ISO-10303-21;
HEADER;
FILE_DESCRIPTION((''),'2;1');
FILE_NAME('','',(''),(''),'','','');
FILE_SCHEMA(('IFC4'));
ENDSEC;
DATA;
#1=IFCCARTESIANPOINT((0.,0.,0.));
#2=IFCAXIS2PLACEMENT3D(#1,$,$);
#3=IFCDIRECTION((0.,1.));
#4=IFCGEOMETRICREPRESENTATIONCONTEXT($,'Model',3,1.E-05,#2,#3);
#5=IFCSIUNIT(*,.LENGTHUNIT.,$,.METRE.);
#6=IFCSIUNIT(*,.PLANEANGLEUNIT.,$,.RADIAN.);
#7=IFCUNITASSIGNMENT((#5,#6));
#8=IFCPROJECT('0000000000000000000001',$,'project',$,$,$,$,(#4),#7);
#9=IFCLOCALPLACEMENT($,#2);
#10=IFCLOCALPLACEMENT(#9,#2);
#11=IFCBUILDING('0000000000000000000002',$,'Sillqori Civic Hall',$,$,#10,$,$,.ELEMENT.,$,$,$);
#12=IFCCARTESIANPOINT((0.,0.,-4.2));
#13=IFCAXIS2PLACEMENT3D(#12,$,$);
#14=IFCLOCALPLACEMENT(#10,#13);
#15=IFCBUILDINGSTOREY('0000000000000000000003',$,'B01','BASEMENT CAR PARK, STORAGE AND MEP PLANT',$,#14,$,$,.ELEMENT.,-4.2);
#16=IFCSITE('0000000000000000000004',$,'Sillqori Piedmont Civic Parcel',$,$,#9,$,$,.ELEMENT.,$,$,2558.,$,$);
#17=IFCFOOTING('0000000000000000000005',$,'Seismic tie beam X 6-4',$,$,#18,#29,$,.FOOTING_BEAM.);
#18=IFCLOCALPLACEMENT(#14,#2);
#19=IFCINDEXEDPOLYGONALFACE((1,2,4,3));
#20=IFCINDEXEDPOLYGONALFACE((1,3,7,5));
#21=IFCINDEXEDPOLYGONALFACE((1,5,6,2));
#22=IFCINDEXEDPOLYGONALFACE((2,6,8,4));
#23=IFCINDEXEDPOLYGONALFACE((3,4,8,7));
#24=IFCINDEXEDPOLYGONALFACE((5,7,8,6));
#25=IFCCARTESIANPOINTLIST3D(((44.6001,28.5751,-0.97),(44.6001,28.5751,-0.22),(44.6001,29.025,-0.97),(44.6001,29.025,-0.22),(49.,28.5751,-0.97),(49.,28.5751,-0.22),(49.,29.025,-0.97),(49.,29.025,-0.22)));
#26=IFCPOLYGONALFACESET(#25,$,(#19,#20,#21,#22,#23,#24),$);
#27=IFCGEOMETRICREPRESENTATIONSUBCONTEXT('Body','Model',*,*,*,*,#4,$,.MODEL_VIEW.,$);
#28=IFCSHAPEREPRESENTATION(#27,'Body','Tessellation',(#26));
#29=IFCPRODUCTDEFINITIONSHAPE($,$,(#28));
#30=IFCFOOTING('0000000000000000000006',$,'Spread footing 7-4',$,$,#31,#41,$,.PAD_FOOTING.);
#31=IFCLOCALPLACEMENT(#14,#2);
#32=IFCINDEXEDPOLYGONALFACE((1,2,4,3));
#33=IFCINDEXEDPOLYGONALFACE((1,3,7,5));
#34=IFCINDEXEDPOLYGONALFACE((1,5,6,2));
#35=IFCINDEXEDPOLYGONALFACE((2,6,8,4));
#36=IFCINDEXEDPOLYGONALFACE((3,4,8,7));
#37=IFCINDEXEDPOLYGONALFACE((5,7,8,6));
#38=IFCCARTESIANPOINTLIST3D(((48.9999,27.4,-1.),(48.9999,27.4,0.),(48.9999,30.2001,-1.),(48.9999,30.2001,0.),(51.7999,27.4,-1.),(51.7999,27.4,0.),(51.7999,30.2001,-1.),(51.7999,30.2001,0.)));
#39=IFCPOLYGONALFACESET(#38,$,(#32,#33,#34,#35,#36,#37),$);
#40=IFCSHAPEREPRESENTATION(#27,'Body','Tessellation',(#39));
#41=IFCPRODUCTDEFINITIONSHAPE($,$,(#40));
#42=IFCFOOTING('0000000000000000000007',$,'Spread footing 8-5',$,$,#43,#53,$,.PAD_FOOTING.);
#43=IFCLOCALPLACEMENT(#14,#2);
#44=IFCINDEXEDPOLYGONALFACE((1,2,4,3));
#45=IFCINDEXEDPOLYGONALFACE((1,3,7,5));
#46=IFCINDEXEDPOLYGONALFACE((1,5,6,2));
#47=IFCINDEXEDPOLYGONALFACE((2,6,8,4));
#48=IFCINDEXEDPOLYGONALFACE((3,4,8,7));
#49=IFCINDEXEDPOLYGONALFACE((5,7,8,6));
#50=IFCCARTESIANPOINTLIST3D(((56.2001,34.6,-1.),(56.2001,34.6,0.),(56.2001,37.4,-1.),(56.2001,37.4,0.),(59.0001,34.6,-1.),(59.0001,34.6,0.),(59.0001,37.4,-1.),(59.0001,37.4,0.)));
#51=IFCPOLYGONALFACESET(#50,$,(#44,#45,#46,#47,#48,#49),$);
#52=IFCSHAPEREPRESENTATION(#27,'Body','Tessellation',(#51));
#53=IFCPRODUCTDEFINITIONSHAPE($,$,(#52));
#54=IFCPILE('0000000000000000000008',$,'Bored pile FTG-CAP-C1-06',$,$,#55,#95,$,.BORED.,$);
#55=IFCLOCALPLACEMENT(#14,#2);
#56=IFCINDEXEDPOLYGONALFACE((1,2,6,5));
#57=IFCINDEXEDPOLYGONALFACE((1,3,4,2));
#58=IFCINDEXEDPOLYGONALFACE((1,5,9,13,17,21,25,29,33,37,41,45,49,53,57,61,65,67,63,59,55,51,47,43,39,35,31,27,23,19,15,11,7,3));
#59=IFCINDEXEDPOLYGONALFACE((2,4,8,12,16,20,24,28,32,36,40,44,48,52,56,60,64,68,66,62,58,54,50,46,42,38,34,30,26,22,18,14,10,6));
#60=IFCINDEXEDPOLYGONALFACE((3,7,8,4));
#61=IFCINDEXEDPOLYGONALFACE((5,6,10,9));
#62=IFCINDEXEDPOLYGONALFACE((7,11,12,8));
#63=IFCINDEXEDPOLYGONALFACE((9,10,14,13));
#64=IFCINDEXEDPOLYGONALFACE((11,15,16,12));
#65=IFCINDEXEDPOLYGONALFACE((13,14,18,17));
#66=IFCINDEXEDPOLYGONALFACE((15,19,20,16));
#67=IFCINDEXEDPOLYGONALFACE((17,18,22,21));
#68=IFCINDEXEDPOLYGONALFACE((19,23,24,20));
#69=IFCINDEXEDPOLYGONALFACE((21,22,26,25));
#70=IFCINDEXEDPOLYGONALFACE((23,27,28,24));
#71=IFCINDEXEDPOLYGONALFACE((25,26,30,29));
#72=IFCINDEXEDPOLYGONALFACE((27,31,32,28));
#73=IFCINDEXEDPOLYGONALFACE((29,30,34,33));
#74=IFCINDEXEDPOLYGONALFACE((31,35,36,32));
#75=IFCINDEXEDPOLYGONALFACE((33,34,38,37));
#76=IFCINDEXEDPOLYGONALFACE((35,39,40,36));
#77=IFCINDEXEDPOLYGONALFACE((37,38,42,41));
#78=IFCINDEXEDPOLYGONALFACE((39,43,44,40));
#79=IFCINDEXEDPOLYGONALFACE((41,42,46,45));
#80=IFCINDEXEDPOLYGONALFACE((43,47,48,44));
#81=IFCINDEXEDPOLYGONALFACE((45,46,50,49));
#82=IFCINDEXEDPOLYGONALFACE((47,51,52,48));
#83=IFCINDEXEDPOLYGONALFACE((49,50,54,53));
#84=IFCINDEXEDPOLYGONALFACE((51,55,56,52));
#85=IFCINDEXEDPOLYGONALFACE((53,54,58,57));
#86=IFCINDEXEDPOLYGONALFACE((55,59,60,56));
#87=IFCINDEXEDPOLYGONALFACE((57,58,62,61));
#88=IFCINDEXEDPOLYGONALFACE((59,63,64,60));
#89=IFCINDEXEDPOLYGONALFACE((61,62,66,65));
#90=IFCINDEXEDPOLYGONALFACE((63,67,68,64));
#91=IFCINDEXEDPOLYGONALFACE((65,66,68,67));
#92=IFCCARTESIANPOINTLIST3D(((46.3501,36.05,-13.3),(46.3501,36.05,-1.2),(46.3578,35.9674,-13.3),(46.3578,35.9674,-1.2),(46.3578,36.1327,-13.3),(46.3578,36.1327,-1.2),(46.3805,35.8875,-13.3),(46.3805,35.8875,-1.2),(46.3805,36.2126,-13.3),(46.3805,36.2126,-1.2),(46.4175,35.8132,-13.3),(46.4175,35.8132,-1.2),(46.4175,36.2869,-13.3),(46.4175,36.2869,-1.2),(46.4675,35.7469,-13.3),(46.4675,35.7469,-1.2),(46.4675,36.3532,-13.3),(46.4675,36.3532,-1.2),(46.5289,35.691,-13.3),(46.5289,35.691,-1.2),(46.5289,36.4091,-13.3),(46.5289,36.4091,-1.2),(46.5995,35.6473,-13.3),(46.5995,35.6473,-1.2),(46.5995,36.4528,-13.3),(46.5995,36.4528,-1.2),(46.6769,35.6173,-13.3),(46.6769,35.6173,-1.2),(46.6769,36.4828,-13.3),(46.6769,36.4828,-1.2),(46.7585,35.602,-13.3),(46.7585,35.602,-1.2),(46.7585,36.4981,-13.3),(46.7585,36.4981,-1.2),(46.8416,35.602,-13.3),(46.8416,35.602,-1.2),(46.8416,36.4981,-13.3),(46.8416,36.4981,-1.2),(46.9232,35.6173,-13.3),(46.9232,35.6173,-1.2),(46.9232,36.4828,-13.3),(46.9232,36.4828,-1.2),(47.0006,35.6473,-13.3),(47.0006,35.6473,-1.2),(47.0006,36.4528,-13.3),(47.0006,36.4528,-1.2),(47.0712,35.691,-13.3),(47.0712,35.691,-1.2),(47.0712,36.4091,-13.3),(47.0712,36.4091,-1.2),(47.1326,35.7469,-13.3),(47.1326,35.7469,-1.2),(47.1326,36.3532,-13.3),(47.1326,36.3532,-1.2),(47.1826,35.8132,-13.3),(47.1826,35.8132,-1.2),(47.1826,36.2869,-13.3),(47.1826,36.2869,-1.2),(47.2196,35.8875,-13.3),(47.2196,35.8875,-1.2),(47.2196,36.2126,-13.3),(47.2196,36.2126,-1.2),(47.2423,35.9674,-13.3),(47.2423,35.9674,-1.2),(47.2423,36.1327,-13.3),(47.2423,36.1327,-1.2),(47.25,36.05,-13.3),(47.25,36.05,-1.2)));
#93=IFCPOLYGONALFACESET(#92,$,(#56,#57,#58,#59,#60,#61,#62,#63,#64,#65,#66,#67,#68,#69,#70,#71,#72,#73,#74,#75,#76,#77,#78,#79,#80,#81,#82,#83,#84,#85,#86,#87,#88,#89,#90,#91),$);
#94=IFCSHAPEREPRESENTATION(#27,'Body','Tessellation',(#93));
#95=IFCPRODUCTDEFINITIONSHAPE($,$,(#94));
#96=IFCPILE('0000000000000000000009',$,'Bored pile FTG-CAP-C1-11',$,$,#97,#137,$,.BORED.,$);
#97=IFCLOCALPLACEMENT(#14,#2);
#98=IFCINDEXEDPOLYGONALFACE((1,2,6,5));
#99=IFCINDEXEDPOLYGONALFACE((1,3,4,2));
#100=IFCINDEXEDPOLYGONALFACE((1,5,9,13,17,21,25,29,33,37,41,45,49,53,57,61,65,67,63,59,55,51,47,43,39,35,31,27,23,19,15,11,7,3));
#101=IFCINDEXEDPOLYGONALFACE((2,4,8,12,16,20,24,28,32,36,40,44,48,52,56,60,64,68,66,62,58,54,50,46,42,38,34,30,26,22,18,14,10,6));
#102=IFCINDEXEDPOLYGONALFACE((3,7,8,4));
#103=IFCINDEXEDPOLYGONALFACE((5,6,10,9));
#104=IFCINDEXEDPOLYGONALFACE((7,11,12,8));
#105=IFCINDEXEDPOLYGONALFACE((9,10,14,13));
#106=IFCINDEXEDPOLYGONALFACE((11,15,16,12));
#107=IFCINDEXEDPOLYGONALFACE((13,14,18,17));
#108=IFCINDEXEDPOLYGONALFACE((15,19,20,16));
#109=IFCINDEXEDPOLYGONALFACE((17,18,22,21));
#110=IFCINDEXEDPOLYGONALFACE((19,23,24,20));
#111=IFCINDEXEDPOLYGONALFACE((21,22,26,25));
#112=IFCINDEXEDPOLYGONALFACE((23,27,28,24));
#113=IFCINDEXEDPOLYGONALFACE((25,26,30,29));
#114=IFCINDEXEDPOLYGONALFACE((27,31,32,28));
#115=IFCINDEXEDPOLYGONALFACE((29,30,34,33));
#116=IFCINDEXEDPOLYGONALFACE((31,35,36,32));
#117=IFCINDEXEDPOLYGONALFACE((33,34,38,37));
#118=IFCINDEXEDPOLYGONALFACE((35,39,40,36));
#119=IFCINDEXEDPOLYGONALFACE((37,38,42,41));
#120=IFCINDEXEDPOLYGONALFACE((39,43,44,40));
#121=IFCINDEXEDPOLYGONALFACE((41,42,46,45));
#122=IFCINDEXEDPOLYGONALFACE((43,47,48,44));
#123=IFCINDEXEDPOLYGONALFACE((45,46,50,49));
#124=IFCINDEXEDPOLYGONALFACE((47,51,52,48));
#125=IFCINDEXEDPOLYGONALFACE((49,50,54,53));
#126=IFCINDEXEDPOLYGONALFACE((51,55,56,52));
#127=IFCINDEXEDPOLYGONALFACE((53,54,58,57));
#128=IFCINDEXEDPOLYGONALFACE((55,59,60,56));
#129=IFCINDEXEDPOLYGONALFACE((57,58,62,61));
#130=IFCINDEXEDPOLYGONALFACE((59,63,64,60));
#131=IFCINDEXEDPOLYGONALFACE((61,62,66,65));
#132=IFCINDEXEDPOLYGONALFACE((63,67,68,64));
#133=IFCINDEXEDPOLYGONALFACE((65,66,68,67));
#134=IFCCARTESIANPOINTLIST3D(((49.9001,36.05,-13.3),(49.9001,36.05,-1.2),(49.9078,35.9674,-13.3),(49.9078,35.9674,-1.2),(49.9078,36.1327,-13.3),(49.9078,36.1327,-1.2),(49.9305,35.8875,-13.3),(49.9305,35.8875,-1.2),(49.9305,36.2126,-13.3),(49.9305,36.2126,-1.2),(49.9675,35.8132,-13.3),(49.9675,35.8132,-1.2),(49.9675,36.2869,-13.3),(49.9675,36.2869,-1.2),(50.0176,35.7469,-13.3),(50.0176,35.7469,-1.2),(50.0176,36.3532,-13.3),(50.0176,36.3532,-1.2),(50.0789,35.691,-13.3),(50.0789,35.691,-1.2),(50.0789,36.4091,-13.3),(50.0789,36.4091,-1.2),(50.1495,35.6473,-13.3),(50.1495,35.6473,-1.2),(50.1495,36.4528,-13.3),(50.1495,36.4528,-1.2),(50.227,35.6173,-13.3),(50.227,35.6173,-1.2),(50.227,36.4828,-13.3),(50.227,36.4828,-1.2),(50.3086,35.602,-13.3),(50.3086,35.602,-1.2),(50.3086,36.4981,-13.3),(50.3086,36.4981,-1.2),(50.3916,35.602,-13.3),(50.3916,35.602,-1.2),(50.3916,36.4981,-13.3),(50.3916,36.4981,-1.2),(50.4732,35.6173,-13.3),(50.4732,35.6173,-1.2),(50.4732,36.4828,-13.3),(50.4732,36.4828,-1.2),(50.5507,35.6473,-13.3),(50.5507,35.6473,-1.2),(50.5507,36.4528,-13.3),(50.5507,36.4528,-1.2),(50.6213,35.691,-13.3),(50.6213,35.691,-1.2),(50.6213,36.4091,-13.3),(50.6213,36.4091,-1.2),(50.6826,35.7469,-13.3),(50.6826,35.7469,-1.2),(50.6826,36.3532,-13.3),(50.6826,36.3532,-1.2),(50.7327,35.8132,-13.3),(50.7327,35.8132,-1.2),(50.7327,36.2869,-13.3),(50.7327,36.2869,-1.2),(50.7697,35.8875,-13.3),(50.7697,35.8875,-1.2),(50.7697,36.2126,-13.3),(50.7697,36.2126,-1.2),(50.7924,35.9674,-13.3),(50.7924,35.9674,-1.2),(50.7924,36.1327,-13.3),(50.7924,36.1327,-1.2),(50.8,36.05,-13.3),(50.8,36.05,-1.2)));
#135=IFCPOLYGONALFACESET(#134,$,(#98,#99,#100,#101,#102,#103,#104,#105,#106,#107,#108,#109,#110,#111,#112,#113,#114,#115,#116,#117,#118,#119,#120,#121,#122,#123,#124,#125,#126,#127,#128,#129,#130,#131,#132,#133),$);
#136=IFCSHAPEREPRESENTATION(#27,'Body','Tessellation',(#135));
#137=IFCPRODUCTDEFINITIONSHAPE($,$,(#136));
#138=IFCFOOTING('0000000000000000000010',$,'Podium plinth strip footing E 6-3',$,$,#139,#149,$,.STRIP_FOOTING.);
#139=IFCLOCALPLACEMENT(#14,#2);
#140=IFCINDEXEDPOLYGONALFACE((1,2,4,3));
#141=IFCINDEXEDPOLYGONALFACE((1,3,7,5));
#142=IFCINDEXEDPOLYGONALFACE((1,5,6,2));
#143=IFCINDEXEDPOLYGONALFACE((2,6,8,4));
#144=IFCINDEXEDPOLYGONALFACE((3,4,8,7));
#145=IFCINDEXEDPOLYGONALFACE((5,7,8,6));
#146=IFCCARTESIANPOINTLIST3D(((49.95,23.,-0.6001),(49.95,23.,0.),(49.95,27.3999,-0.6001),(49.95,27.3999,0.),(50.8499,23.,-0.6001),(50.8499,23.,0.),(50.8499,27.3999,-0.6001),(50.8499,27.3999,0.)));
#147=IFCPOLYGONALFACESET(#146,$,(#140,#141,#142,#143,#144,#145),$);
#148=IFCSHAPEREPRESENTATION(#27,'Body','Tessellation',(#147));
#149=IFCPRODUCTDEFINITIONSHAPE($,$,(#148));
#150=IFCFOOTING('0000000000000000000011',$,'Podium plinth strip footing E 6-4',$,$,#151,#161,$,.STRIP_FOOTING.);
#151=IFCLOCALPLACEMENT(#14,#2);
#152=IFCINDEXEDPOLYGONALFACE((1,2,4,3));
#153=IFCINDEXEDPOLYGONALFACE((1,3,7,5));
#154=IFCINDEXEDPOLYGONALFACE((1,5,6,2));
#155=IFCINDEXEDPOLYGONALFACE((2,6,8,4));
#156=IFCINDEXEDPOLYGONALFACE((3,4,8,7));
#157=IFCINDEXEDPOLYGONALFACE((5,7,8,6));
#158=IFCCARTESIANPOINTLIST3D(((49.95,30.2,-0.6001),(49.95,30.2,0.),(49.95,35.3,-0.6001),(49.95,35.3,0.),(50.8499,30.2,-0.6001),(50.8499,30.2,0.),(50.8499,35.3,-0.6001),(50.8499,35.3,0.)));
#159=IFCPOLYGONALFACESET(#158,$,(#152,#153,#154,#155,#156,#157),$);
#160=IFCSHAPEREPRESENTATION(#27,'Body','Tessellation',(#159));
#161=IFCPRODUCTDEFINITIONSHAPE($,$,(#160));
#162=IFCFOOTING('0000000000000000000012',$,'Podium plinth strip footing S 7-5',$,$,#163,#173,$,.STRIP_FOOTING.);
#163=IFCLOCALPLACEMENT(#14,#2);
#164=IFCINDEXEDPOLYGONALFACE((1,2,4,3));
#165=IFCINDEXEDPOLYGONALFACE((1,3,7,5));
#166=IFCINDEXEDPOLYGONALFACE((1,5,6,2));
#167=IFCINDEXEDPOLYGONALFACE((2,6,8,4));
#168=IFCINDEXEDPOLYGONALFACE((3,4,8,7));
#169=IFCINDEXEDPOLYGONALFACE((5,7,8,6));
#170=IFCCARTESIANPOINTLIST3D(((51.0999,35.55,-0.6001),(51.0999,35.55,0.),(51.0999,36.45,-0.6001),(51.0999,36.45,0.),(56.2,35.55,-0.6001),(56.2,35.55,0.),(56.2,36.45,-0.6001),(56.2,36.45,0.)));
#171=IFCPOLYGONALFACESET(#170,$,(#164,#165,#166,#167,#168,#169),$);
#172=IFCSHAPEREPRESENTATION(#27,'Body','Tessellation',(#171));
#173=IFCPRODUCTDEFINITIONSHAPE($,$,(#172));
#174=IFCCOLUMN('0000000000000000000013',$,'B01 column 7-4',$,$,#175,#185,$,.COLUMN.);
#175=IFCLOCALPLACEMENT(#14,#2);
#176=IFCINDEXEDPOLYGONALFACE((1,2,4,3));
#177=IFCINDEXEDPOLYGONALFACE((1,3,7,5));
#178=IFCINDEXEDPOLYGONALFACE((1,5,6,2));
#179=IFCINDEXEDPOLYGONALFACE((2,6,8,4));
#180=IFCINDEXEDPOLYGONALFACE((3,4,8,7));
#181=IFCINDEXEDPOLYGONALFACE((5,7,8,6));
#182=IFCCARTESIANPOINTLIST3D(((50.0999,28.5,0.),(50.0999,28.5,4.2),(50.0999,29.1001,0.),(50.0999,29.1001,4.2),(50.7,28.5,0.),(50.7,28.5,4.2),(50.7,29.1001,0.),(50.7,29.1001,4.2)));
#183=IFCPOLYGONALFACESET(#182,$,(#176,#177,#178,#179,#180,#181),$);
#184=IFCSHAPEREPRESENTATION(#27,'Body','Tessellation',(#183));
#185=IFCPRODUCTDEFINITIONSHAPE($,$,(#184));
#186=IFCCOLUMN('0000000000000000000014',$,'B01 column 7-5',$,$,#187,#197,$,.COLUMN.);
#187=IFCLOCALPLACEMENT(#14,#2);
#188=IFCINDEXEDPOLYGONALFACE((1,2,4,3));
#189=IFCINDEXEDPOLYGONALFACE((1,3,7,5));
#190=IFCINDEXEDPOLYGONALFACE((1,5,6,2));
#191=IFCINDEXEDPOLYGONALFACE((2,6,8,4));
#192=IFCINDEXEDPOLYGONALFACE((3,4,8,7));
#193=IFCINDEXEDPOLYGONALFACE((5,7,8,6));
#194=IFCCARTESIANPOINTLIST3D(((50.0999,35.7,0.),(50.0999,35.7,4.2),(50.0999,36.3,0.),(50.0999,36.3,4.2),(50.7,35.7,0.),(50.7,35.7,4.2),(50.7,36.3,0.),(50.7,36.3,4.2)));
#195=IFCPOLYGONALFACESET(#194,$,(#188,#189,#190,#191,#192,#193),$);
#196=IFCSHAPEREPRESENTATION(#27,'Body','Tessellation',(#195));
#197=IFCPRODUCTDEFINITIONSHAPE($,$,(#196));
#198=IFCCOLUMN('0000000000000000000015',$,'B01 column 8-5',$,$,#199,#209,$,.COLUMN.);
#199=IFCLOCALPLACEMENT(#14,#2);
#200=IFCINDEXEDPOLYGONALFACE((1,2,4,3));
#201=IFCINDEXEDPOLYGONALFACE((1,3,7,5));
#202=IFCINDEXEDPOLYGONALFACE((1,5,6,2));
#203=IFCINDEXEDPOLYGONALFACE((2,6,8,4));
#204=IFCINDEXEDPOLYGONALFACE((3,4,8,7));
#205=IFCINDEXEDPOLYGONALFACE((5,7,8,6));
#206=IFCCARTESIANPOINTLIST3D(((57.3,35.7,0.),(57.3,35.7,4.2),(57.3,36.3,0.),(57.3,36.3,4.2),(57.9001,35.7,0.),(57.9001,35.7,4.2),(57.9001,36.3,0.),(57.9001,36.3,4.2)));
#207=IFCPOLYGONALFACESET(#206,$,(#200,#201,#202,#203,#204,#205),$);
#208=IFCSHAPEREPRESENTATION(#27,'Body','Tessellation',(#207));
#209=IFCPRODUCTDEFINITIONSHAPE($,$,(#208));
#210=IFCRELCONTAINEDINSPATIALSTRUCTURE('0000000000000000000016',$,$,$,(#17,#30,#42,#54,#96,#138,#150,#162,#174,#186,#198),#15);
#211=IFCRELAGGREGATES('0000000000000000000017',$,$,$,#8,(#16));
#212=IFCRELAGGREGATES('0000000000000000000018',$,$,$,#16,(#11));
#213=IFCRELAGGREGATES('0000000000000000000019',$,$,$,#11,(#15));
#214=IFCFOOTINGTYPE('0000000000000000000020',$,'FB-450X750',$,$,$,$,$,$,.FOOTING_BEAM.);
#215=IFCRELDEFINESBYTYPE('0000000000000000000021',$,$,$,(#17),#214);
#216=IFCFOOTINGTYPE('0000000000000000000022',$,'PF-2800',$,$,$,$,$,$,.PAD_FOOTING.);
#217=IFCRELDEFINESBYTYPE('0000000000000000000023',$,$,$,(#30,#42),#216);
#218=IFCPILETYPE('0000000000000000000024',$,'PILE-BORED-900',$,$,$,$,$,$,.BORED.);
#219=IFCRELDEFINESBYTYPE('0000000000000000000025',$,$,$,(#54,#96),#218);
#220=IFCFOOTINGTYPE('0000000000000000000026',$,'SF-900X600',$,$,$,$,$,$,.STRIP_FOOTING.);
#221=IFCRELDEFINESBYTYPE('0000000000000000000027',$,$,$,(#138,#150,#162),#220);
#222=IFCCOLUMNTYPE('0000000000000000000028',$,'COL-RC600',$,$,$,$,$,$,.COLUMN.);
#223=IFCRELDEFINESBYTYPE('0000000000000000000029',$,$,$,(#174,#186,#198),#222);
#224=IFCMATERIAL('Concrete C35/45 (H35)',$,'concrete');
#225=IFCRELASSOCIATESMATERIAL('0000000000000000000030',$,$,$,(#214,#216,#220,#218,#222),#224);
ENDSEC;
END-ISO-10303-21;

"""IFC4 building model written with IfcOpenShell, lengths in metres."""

from ifc_helpers import new_model, si_unit, direction, frame, origin, origin_2d, place, context, subcontext, project, spatial, rectangle, circle, extrude, material, material_profile, profile_set, type_object, element, save


model = new_model("IFC4")

# Units and contexts
model_context = context("Model", 3, precision=1e-05, world=origin(), true_north=direction((0.0, 1.0)))
body_context = subcontext(model_context, "Body", "Model", "MODEL_VIEW")
ifc_project = project(units=[si_unit("LENGTHUNIT", "METRE"), si_unit("PLANEANGLEUNIT", "RADIAN")], contexts=[model_context])

# Site, building, storey
site_placement = place(None, origin())
site = spatial("IfcSite", under=ifc_project, at=site_placement, Name="Sillqori Piedmont Civic Parcel", CompositionType="ELEMENT", RefElevation=2558.0)
building_placement = place(site_placement, origin())
building = spatial("IfcBuilding", under=site, at=building_placement, Name="Sillqori Civic Hall", CompositionType="ELEMENT")
storey_placement = place(building_placement, frame((0.0, 0.0, -4.2)))
storey = spatial("IfcBuildingStorey", under=building, at=storey_placement, Name="B01", Description="BASEMENT CAR PARK, STORAGE AND MEP PLANT", CompositionType="ELEMENT", Elevation=-4.2)

# Footings
ifc_material_1 = material(Name="Concrete C35/45 (H35)", Category="concrete")
footing_type_1 = type_object("IfcFootingType", Name="FB-450X750", PredefinedType="FOOTING_BEAM", material=ifc_material_1)
footing_1_placement = place(storey_placement, frame((46.8, 28.8, -0.97), z_axis=(0.0, 0.0, 1.0), x_axis=(1.0, 0.0, 0.0)))
element("IfcFooting", 1, at=footing_1_placement, inside=storey, type_object=footing_type_1, Name="Seismic tie beam X 6-4", PredefinedType="FOOTING_BEAM", context=body_context, shape_type="SweptSolid", body=[
    extrude(rectangle(XDim=4.3999, YDim=0.45, at=origin_2d()), origin(), (0.0, 0.0, 1.0), 0.75),
])
footing_type_2 = type_object("IfcFootingType", Name="PF-2800", PredefinedType="PAD_FOOTING", material=ifc_material_1)
for number, where, z_axis, x_axis, name in (
    (2, (50.3999, 28.8, -1.0), (0.0, 0.0, 1.0), (1.0, 0.0, 0.0), "Spread footing 7-4"),
    (3, (57.6001, 36.0, -1.0), (0.0, 0.0, 1.0), (1.0, 0.0, 0.0), "Spread footing 8-5"),
):
    element("IfcFooting", number, at=place(storey_placement, frame(where, z_axis=z_axis, x_axis=x_axis)), inside=storey, type_object=footing_type_2, Name=name, PredefinedType="PAD_FOOTING", context=body_context, shape_type="SweptSolid", body=[
        extrude(rectangle(XDim=2.8, YDim=2.8, at=origin_2d()), origin(), (0.0, 0.0, 1.0), 1.0),
    ])

# Piles
ifc_material_profile_1 = material_profile(ifc_material_1, circle(Radius=0.45, at=origin_2d()), Name="BORED PILE 900")
ifc_profile_set_1 = profile_set([ifc_material_profile_1], Name="Concrete C35/45 (H35)")
pile_type = type_object("IfcPileType", Name="PILE-BORED-900", PredefinedType="BORED", material=ifc_profile_set_1)
for number, where, z_axis, x_axis, name in (
    (4, (46.8, 36.05, -1.2), (0.0, 0.0, -1.0), (1.0, 0.0, 0.0), "Bored pile FTG-CAP-C1-06"),
    (5, (50.3501, 36.05, -1.2), (0.0, 0.0, -1.0), (1.0, 0.0, 0.0), "Bored pile FTG-CAP-C1-11"),
):
    element("IfcPile", number, at=place(storey_placement, frame(where, z_axis=z_axis, x_axis=x_axis)), inside=storey, type_object=pile_type, Name=name, PredefinedType="BORED", context=body_context, shape_type="SweptSolid", body=[
        extrude(circle(Radius=0.45, at=origin_2d()), origin(), (0.0, 0.0, 1.0), 12.1001),
    ])

# Footings
footing_type_3 = type_object("IfcFootingType", Name="SF-900X600", PredefinedType="STRIP_FOOTING", material=ifc_material_1)
footing_2_placement = place(storey_placement, frame((50.3999, 25.2, -0.6001), z_axis=(0.0, 0.0, 1.0), x_axis=(1.0, 0.0, 0.0)))
element("IfcFooting", 6, at=footing_2_placement, inside=storey, type_object=footing_type_3, Name="Podium plinth strip footing E 6-3", PredefinedType="STRIP_FOOTING", context=body_context, shape_type="SweptSolid", body=[
    extrude(rectangle(XDim=0.8999, YDim=4.3999, at=origin_2d()), origin(), (0.0, 0.0, 1.0), 0.6001),
])
footing_3_placement = place(storey_placement, frame((50.3999, 32.75, -0.6001), z_axis=(0.0, 0.0, 1.0), x_axis=(1.0, 0.0, 0.0)))
element("IfcFooting", 7, at=footing_3_placement, inside=storey, type_object=footing_type_3, Name="Podium plinth strip footing E 6-4", PredefinedType="STRIP_FOOTING", context=body_context, shape_type="SweptSolid", body=[
    extrude(rectangle(XDim=0.8999, YDim=5.1001, at=origin_2d()), origin(), (0.0, 0.0, 1.0), 0.6001),
])
footing_4_placement = place(storey_placement, frame((53.6499, 36.0, -0.6001), z_axis=(0.0, 0.0, 1.0), x_axis=(1.0, 0.0, 0.0)))
element("IfcFooting", 8, at=footing_4_placement, inside=storey, type_object=footing_type_3, Name="Podium plinth strip footing S 7-5", PredefinedType="STRIP_FOOTING", context=body_context, shape_type="SweptSolid", body=[
    extrude(rectangle(XDim=5.1001, YDim=0.8999, at=origin_2d()), origin(), (0.0, 0.0, 1.0), 0.6001),
])

# Columns
ifc_material_profile_2 = material_profile(ifc_material_1, rectangle(XDim=0.6001, YDim=0.6001, at=origin_2d()), Name="RC 600x600")
ifc_profile_set_2 = profile_set([ifc_material_profile_2], Name="Concrete C35/45 (H35)")
column_type = type_object("IfcColumnType", Name="COL-RC600", PredefinedType="COLUMN", material=ifc_profile_set_2)
for number, where, z_axis, x_axis, name in (
    (9, (50.3999, 28.8, 0.0), (0.0, 0.0, 1.0), (1.0, 0.0, 0.0), "B01 column 7-4"),
    (10, (50.3999, 36.0, 0.0), (0.0, 0.0, 1.0), (1.0, 0.0, 0.0), "B01 column 7-5"),
    (11, (57.6001, 36.0, 0.0), (0.0, 0.0, 1.0), (1.0, 0.0, 0.0), "B01 column 8-5"),
):
    element("IfcColumn", number, at=place(storey_placement, frame(where, z_axis=z_axis, x_axis=x_axis)), inside=storey, type_object=column_type, Name=name, PredefinedType="COLUMN", context=body_context, shape_type="SweptSolid", body=[
        extrude(rectangle(XDim=0.6001, YDim=0.6001, at=origin_2d()), origin(), (0.0, 0.0, 1.0), 4.2),
    ])

save(model, "model.ifc")
